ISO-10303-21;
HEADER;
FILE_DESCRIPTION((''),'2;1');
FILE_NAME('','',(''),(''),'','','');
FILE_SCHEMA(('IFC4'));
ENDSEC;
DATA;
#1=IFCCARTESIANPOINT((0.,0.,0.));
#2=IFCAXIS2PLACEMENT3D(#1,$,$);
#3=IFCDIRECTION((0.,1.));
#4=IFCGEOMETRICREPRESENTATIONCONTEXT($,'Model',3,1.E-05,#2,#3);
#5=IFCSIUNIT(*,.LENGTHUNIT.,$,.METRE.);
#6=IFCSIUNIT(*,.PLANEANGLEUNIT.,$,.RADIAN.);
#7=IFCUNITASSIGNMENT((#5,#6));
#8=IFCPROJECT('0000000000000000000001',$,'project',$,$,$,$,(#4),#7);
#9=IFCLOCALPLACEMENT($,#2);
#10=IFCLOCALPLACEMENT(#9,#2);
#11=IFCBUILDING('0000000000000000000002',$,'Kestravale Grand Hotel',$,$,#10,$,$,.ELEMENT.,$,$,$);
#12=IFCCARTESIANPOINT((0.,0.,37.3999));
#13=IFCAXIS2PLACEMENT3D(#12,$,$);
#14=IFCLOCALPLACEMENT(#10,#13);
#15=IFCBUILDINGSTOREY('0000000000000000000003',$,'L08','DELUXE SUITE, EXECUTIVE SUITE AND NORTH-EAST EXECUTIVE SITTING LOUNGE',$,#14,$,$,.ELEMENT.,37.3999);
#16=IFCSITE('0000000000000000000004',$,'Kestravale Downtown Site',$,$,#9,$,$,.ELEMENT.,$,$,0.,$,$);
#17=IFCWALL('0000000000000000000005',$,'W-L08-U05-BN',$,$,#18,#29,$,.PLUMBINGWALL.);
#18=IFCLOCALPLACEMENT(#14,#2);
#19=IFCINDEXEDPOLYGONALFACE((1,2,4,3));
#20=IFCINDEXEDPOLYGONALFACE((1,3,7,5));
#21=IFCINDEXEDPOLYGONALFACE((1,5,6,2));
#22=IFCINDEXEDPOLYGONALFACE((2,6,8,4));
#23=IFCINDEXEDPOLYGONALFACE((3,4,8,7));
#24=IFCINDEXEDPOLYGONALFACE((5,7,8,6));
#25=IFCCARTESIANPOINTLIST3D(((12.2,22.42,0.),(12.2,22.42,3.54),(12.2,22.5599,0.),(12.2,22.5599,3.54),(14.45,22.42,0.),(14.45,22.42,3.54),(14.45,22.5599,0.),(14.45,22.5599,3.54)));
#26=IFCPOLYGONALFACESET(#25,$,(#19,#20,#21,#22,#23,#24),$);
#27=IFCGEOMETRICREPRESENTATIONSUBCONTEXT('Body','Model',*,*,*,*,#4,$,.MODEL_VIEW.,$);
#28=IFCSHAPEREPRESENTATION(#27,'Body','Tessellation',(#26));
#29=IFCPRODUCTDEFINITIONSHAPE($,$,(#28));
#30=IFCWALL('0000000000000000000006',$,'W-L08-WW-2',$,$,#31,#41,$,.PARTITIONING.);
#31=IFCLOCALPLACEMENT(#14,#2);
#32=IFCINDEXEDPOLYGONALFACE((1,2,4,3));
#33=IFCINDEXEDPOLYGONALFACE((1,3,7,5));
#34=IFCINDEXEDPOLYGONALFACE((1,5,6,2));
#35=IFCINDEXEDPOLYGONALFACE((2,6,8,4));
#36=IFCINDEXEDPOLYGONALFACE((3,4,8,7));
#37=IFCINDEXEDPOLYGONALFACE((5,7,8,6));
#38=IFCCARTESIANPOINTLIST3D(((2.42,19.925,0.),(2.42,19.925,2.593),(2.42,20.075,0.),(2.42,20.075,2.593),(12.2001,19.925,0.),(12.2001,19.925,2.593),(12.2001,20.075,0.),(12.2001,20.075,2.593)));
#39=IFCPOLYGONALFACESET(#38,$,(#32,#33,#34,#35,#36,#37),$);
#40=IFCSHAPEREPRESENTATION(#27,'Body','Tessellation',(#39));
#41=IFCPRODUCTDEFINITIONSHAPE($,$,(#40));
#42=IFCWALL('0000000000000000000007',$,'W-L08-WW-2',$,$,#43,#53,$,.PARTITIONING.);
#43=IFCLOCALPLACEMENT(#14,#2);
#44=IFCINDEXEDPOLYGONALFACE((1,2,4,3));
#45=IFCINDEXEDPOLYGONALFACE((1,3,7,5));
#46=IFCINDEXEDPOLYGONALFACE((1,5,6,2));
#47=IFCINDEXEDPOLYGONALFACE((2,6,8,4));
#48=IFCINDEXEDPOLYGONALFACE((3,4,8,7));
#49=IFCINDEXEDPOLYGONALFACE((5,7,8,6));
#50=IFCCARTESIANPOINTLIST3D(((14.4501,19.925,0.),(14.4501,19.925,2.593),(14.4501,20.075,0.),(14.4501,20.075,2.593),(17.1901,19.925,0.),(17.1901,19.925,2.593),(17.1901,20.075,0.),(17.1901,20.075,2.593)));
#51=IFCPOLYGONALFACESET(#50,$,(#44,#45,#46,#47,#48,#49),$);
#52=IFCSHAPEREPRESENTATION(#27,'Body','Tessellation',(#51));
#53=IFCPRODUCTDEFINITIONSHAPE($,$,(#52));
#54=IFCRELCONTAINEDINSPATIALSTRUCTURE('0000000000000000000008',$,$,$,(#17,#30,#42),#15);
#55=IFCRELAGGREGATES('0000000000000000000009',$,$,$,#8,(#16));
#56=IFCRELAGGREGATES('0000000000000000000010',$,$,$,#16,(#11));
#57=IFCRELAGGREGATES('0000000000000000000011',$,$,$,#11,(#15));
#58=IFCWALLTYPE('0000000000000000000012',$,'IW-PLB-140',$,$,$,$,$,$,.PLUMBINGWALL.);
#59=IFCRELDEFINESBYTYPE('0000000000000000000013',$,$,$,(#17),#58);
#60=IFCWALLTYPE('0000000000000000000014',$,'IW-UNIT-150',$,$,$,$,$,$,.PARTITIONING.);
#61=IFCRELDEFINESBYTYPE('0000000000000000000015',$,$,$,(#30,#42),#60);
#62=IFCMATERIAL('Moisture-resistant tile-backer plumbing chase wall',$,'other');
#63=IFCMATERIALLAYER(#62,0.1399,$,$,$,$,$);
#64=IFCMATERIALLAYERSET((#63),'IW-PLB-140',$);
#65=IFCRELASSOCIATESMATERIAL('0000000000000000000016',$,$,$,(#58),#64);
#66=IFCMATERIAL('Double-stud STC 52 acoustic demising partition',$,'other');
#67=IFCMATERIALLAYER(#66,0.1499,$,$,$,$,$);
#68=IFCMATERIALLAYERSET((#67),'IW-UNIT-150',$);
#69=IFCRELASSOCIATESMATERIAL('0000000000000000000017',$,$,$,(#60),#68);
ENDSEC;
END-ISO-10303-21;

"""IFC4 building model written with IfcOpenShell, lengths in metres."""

from ifc_helpers import new_model, si_unit, direction, frame, frame_2d, origin, place, context, subcontext, project, spatial, rectangle, extrude, material, layer, layer_set, type_object, element, save


model = new_model("IFC4")

# Units and contexts
model_context = context("Model", 3, precision=1e-05, world=origin(), true_north=direction((0.0, 1.0)))
body_context = subcontext(model_context, "Body", "Model", "MODEL_VIEW")
ifc_project = project(units=[si_unit("LENGTHUNIT", "METRE"), si_unit("PLANEANGLEUNIT", "RADIAN")], contexts=[model_context])

# Site, building, storey
site_placement = place(None, origin())
site = spatial("IfcSite", under=ifc_project, at=site_placement, Name="Kestravale Downtown Site", CompositionType="ELEMENT", RefElevation=0.0)
building_placement = place(site_placement, origin())
building = spatial("IfcBuilding", under=site, at=building_placement, Name="Kestravale Grand Hotel", CompositionType="ELEMENT")
storey_placement = place(building_placement, frame((0.0, 0.0, 37.3999)))
storey = spatial("IfcBuildingStorey", under=building, at=storey_placement, Name="L08", Description="DELUXE SUITE, EXECUTIVE SUITE AND NORTH-EAST EXECUTIVE SITTING LOUNGE", CompositionType="ELEMENT", Elevation=37.3999)

# Shared definitions
ifc_material_1 = material(Name="Moisture-resistant tile-backer plumbing chase wall", Category="other")
ifc_layer_1 = layer(ifc_material_1, 0.1399)
ifc_layer_set_1 = layer_set([ifc_layer_1], Name="IW-PLB-140")
wall_type_1 = type_object("IfcWallType", Name="IW-PLB-140", PredefinedType="PLUMBINGWALL", material=ifc_layer_set_1)

# Walls
wall_1_placement = place(storey_placement, frame((12.2, 22.49, 0.0), z_axis=(0.0, 0.0, 1.0), x_axis=(1.0, 0.0, 0.0)))
element("IfcWall", 1, at=wall_1_placement, inside=storey, type_object=wall_type_1, Name="W-L08-U05-BN", PredefinedType="PLUMBINGWALL", context=body_context, shape_type="SweptSolid", body=[
    extrude(rectangle(XDim=2.25, YDim=0.1399, at=frame_2d((1.125, 0.0))), origin(), (0.0, 0.0, 1.0), 3.54),
])
ifc_material_2 = material(Name="Double-stud STC 52 acoustic demising partition", Category="other")
ifc_layer_2 = layer(ifc_material_2, 0.1499)
ifc_layer_set_2 = layer_set([ifc_layer_2], Name="IW-UNIT-150")
wall_type_2 = type_object("IfcWallType", Name="IW-UNIT-150", PredefinedType="PARTITIONING", material=ifc_layer_set_2)
wall_2_placement = place(storey_placement, frame((2.4199, 20.0, 0.0), z_axis=(0.0, 0.0, 1.0), x_axis=(1.0, 0.0, 0.0)))
element("IfcWall", 2, at=wall_2_placement, inside=storey, type_object=wall_type_2, Name="W-L08-WW-2", PredefinedType="PARTITIONING", context=body_context, shape_type="SweptSolid", body=[
    extrude(rectangle(XDim=9.78, YDim=0.1499, at=frame_2d((4.8901, 0.0))), origin(), (0.0, 0.0, 1.0), 2.593),
])
wall_3_placement = place(storey_placement, frame((14.45, 20.0, 0.0), z_axis=(0.0, 0.0, 1.0), x_axis=(1.0, 0.0, 0.0)))
element("IfcWall", 3, at=wall_3_placement, inside=storey, type_object=wall_type_2, Name="W-L08-WW-2", PredefinedType="PARTITIONING", context=body_context, shape_type="SweptSolid", body=[
    extrude(rectangle(XDim=2.74, YDim=0.1499, at=frame_2d((1.3701, 0.0))), origin(), (0.0, 0.0, 1.0), 2.593),
])

save(model, "model.ifc")
